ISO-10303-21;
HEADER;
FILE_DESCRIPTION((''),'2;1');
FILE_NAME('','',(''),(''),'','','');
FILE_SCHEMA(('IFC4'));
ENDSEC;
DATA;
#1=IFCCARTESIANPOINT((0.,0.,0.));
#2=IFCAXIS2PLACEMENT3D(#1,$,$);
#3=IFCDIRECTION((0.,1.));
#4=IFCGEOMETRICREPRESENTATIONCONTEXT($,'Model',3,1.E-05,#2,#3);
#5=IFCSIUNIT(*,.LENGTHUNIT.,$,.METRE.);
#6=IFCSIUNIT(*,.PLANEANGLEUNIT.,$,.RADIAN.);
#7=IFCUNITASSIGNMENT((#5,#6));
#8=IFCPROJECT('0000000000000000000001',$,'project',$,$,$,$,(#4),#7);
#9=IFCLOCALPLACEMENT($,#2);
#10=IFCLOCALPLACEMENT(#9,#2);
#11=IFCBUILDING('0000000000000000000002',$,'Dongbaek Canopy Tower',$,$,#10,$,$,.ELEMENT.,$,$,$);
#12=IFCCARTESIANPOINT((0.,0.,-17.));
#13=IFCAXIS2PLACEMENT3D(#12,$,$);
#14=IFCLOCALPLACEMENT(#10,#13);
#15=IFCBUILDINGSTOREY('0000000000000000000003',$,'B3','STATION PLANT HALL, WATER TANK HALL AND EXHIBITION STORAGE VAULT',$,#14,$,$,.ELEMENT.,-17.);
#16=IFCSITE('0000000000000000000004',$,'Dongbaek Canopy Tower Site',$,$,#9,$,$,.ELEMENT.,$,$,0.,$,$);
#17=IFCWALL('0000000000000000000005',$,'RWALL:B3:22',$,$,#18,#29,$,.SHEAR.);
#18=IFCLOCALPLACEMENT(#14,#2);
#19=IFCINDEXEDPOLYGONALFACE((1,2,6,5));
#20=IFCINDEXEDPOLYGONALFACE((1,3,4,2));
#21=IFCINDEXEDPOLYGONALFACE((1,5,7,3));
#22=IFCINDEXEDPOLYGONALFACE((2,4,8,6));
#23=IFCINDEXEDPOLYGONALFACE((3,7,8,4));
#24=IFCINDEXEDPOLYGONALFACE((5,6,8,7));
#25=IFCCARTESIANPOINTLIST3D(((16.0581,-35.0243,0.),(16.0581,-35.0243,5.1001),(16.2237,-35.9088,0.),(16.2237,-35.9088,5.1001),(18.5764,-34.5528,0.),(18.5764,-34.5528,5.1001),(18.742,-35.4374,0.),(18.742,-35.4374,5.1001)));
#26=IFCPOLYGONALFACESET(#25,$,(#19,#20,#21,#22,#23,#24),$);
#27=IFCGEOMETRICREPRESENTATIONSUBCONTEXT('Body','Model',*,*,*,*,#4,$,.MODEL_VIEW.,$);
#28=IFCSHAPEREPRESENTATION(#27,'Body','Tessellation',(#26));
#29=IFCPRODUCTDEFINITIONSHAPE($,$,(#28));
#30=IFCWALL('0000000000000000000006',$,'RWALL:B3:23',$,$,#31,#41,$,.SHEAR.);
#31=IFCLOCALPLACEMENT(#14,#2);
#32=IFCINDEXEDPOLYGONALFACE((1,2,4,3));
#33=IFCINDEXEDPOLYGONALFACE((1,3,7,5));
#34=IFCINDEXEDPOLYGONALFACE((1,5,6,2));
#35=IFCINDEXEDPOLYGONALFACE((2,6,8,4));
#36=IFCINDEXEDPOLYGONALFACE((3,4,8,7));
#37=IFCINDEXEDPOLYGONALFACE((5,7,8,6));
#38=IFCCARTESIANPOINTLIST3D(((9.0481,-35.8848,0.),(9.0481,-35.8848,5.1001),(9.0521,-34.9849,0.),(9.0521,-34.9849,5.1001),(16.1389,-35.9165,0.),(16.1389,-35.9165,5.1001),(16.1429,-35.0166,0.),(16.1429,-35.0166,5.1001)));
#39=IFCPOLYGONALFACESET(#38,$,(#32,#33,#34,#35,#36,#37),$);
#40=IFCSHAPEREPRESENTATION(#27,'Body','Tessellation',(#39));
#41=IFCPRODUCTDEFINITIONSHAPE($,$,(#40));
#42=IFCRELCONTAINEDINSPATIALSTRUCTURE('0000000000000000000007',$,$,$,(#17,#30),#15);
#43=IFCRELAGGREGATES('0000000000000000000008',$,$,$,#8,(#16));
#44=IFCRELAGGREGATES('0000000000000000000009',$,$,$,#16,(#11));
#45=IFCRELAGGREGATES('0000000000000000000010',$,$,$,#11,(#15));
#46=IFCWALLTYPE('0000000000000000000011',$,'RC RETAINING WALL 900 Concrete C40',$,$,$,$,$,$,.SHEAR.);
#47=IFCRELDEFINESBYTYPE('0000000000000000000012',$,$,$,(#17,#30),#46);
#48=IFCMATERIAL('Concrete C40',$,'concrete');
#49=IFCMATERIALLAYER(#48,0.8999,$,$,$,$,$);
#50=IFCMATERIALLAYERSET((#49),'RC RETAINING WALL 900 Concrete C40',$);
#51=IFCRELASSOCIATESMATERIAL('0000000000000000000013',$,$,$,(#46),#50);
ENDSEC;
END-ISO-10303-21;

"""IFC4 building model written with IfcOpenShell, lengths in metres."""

from ifc_helpers import new_model, si_unit, direction, frame, frame_2d, origin, place, context, subcontext, project, spatial, rectangle, extrude, material, layer, layer_set, type_object, element, save


model = new_model("IFC4")

# Units and contexts
model_context = context("Model", 3, precision=1e-05, world=origin(), true_north=direction((0.0, 1.0)))
body_context = subcontext(model_context, "Body", "Model", "MODEL_VIEW")
ifc_project = project(units=[si_unit("LENGTHUNIT", "METRE"), si_unit("PLANEANGLEUNIT", "RADIAN")], contexts=[model_context])

# Site, building, storey
site_placement = place(None, origin())
site = spatial("IfcSite", under=ifc_project, at=site_placement, Name="Dongbaek Canopy Tower Site", CompositionType="ELEMENT", RefElevation=0.0)
building_placement = place(site_placement, origin())
building = spatial("IfcBuilding", under=site, at=building_placement, Name="Dongbaek Canopy Tower", CompositionType="ELEMENT")
storey_placement = place(building_placement, frame((0.0, 0.0, -17.0)))
storey = spatial("IfcBuildingStorey", under=building, at=storey_placement, Name="B3", Description="STATION PLANT HALL, WATER TANK HALL AND EXHIBITION STORAGE VAULT", CompositionType="ELEMENT", Elevation=-17.0)

# Walls
ifc_material_1 = material(Name="Concrete C40", Category="concrete")
ifc_layer = layer(ifc_material_1, 0.8999)
ifc_layer_set = layer_set([ifc_layer], Name="RC RETAINING WALL 900 Concrete C40")
wall_type = type_object("IfcWallType", Name="RC RETAINING WALL 900 Concrete C40", PredefinedType="SHEAR", material=ifc_layer_set)
wall_1_placement = place(storey_placement, frame((18.6592, -34.9951, 0.0), z_axis=(0.0, 0.0, 1.0), x_axis=(-0.982925, -0.184007, 0.0)))
element("IfcWall", 1, at=wall_1_placement, inside=storey, type_object=wall_type, Name="RWALL:B3:22", PredefinedType="SHEAR", context=body_context, shape_type="SweptSolid", body=[
    extrude(rectangle(XDim=2.562, YDim=0.8999, at=frame_2d((1.281, 0.0))), origin(), (0.0, 0.0, 1.0), 5.1001),
])
wall_2_placement = place(storey_placement, frame((16.1409, -35.4666, 0.0), z_axis=(0.0, 0.0, 1.0), x_axis=(-0.99999, 0.004476, 0.0)))
element("IfcWall", 2, at=wall_2_placement, inside=storey, type_object=wall_type, Name="RWALL:B3:23", PredefinedType="SHEAR", context=body_context, shape_type="SweptSolid", body=[
    extrude(rectangle(XDim=7.0908, YDim=0.8999, at=frame_2d((3.5454, 0.0))), origin(), (0.0, 0.0, 1.0), 5.1001),
])

save(model, "model.ifc")
